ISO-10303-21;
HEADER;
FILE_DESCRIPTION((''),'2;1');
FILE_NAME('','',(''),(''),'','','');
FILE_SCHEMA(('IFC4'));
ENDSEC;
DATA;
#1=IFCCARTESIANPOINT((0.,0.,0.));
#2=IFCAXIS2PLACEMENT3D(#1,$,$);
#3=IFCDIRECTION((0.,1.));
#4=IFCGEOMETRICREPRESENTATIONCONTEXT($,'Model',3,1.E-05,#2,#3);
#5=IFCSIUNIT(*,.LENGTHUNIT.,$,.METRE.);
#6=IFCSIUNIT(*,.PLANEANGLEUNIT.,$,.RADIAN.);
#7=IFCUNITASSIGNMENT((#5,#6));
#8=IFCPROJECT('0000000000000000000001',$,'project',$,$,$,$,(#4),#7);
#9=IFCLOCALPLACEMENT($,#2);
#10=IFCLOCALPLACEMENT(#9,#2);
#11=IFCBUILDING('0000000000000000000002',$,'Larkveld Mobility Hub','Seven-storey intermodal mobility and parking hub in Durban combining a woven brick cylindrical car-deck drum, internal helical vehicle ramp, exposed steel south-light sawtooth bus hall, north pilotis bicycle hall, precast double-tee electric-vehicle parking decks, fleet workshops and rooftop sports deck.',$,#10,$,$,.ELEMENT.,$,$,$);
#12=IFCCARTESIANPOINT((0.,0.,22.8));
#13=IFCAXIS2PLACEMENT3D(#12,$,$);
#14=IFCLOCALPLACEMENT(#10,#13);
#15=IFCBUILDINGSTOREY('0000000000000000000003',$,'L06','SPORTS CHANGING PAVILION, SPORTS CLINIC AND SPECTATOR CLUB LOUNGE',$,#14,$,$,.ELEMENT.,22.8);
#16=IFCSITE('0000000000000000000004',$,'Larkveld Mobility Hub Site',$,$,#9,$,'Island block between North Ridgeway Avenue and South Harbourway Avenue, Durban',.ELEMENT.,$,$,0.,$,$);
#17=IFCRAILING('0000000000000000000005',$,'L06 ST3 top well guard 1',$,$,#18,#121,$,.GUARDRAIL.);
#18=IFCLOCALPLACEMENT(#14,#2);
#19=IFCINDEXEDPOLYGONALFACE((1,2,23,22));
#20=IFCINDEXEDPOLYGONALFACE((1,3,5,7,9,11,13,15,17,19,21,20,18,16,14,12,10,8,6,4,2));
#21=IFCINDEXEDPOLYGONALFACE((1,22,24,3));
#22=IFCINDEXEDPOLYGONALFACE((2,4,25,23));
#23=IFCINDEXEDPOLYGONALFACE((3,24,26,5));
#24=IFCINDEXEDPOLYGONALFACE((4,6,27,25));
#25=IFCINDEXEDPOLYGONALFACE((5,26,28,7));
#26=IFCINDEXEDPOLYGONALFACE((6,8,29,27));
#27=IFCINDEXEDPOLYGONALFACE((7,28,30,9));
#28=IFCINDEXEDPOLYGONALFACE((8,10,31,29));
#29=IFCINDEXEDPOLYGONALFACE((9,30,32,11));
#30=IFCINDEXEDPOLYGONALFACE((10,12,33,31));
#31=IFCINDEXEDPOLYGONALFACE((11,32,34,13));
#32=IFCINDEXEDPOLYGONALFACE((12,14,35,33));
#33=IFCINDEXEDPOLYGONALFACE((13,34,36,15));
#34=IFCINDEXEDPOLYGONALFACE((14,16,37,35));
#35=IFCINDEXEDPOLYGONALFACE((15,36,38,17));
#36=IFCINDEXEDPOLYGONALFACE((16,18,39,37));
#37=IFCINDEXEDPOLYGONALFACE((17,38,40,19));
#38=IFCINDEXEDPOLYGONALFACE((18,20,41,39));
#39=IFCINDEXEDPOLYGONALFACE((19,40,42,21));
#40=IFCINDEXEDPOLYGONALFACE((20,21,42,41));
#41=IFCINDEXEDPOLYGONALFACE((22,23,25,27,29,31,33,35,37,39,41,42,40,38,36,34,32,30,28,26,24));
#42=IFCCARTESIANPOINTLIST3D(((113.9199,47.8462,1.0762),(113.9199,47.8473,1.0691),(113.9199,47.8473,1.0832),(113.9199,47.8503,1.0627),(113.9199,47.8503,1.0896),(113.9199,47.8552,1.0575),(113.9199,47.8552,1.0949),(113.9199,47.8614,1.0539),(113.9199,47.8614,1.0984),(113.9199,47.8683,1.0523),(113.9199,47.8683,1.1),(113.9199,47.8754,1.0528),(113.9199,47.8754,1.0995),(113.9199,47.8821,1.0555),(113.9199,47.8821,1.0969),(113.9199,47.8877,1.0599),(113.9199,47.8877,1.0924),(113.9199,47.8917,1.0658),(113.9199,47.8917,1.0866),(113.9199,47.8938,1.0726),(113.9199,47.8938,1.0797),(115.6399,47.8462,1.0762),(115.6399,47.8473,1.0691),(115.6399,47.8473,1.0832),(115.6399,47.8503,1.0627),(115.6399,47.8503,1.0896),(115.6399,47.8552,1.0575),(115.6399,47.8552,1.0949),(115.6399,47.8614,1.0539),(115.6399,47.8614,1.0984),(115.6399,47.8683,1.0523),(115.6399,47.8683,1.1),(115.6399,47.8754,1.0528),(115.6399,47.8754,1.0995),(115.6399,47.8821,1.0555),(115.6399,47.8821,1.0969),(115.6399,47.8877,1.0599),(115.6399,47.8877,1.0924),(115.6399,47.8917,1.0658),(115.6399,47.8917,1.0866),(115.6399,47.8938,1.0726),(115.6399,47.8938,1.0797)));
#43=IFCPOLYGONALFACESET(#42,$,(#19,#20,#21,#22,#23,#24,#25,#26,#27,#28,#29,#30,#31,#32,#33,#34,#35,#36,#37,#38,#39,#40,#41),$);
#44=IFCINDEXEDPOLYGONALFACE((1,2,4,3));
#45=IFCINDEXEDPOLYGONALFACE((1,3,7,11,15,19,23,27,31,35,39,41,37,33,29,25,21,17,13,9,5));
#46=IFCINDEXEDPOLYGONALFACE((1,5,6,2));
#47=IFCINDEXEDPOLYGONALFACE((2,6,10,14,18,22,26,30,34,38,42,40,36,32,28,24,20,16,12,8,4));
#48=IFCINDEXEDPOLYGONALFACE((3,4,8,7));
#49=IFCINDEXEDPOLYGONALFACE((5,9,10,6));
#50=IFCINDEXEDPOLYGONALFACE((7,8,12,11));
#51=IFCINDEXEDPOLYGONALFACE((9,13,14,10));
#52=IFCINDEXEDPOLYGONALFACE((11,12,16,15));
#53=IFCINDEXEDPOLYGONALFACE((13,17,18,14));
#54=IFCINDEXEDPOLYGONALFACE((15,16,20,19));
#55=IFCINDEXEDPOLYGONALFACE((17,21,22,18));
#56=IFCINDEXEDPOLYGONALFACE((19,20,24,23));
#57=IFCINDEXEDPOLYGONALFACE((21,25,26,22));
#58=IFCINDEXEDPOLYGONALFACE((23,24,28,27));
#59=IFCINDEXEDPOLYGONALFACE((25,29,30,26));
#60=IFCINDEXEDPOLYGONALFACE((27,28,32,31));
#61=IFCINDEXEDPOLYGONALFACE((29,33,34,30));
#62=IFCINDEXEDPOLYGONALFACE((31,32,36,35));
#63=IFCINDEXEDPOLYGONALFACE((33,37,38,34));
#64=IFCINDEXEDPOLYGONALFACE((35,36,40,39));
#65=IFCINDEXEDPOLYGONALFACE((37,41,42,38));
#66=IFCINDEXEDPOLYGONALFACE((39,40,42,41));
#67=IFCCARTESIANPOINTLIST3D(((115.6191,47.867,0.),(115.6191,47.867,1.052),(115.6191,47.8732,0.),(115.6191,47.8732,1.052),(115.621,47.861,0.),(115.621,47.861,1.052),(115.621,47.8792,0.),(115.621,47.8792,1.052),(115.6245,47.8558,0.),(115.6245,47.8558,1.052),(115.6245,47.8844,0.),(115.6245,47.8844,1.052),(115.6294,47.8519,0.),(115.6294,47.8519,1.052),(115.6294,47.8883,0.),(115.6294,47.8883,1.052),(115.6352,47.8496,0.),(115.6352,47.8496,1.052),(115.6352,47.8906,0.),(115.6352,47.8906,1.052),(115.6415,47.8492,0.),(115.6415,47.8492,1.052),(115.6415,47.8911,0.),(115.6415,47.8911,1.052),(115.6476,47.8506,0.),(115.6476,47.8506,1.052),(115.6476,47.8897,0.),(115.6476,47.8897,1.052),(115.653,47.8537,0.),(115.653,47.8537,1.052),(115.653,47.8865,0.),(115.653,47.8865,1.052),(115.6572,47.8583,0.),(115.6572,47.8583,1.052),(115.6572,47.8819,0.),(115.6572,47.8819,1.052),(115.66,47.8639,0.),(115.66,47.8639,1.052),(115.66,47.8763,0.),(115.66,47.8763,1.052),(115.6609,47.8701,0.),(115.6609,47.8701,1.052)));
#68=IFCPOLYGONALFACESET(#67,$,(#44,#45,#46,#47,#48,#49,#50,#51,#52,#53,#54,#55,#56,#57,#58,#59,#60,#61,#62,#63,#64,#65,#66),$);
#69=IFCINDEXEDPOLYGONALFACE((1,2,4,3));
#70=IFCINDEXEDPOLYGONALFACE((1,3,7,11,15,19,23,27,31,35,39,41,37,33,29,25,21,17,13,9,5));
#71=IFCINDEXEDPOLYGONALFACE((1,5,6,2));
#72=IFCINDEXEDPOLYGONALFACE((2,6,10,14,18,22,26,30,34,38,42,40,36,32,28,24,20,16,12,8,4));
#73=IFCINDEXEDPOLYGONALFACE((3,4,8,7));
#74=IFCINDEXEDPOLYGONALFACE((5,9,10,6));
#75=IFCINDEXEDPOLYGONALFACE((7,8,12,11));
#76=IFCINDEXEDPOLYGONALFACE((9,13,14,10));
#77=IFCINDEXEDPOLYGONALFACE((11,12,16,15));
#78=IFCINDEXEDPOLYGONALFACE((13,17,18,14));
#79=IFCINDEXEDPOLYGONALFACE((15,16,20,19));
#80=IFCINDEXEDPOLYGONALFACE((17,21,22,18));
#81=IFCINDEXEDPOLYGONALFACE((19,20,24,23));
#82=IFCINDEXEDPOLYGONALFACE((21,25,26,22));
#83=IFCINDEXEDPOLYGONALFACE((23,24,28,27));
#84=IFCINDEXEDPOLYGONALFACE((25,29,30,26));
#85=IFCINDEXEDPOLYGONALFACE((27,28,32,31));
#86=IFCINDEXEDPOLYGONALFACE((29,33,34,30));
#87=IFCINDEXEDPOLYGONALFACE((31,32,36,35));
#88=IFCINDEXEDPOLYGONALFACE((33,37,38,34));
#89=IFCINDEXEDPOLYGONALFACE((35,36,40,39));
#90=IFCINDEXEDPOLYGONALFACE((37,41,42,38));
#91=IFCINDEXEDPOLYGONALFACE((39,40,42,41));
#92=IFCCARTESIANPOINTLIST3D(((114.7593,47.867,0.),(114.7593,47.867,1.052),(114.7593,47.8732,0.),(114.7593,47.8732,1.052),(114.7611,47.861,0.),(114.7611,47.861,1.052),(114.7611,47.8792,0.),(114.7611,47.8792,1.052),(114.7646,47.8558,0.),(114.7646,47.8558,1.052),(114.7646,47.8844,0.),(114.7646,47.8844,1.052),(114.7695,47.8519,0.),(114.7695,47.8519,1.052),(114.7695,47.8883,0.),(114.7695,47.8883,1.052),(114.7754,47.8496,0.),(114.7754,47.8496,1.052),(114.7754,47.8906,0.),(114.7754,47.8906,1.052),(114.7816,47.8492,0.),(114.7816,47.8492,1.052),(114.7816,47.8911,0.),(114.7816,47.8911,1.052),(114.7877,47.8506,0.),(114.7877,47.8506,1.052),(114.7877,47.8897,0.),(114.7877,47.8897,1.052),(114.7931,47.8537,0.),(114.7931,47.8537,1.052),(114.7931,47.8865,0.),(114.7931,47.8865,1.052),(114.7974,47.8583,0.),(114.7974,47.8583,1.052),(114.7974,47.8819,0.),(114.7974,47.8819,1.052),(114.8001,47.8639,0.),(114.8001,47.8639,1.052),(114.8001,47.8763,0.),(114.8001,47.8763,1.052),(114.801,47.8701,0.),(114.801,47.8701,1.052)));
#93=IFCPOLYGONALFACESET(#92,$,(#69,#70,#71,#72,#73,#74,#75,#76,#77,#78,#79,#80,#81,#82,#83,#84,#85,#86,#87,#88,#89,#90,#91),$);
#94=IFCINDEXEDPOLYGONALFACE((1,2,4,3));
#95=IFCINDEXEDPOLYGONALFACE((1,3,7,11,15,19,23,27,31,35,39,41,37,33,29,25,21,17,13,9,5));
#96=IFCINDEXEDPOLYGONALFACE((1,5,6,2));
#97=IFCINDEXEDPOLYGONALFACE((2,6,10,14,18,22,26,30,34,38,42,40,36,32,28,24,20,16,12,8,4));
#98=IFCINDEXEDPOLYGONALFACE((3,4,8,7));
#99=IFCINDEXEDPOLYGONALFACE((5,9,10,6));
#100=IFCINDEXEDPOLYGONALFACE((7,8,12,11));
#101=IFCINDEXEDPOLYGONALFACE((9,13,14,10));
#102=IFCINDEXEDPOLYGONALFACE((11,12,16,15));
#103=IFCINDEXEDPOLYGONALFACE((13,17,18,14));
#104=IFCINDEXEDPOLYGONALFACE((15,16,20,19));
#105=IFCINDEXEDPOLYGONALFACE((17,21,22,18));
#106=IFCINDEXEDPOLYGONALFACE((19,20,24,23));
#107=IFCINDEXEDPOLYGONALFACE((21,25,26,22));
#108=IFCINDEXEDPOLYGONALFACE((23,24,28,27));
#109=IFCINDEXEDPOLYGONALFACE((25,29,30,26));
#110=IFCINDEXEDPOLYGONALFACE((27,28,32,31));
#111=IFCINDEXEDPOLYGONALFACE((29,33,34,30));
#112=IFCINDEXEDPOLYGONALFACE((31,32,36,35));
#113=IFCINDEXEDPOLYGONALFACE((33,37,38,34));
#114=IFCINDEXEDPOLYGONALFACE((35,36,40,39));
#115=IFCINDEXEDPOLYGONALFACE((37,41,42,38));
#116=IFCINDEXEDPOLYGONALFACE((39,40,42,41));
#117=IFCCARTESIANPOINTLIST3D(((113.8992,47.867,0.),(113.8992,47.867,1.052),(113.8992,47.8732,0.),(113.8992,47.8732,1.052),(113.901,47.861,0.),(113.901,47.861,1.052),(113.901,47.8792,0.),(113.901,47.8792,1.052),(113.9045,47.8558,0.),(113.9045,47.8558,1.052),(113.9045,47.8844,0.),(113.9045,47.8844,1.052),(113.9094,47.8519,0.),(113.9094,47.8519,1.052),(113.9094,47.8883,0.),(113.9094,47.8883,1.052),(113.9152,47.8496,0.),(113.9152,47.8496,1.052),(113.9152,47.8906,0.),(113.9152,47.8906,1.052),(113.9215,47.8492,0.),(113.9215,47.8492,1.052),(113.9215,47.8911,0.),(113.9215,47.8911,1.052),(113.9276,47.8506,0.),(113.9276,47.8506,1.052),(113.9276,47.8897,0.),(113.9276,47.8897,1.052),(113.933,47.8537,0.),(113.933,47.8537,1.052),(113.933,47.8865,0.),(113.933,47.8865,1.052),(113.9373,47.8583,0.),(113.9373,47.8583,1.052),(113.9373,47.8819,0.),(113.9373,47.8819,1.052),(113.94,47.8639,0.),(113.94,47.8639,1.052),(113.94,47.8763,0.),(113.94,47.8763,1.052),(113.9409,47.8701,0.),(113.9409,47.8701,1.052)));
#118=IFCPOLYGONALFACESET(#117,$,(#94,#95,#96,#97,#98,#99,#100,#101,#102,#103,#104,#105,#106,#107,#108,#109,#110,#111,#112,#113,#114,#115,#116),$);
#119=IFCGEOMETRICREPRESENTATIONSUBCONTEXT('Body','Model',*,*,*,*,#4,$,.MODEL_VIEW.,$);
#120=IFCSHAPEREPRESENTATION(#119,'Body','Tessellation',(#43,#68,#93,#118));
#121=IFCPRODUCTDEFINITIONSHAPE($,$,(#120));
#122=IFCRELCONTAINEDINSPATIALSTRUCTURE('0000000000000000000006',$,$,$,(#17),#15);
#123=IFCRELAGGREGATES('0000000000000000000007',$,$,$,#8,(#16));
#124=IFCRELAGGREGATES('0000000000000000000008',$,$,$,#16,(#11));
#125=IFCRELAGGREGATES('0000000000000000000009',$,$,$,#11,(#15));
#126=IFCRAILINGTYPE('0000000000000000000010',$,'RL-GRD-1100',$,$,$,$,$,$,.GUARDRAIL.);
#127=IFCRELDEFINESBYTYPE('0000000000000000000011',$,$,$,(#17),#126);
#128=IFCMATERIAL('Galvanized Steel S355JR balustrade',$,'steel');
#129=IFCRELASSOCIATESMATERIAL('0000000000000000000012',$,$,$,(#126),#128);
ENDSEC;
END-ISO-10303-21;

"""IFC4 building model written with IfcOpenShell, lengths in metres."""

from ifc_helpers import new_model, si_unit, direction, frame, origin, origin_2d, place, context, subcontext, project, spatial, circle, extrude, material, type_object, element, save


model = new_model("IFC4")

# Units and contexts
model_context = context("Model", 3, precision=1e-05, world=origin(), true_north=direction((0.0, 1.0)))
body_context = subcontext(model_context, "Body", "Model", "MODEL_VIEW")
ifc_project = project(units=[si_unit("LENGTHUNIT", "METRE"), si_unit("PLANEANGLEUNIT", "RADIAN")], contexts=[model_context])

# Site, building, storey
site_placement = place(None, origin())
site = spatial("IfcSite", under=ifc_project, at=site_placement, Name="Larkveld Mobility Hub Site", LongName="Island block between North Ridgeway Avenue and South Harbourway Avenue, Durban", CompositionType="ELEMENT", RefElevation=0.0)
building_placement = place(site_placement, origin())
building = spatial("IfcBuilding", under=site, at=building_placement, Name="Larkveld Mobility Hub", Description="Seven-storey intermodal mobility and parking hub in Durban combining a woven brick cylindrical car-deck drum, internal helical vehicle ramp, exposed steel south-light sawtooth bus hall, north pilotis bicycle hall, precast double-tee electric-vehicle parking decks, fleet workshops and rooftop sports deck.", CompositionType="ELEMENT")
storey_placement = place(building_placement, frame((0.0, 0.0, 22.8)))
storey = spatial("IfcBuildingStorey", under=building, at=storey_placement, Name="L06", Description="SPORTS CHANGING PAVILION, SPORTS CLINIC AND SPECTATOR CLUB LOUNGE", CompositionType="ELEMENT", Elevation=22.8)

# Railing
ifc_material_1 = material(Name="Galvanized Steel S355JR balustrade", Category="steel")
railing_type_1 = type_object("IfcRailingType", Name="RL-GRD-1100", PredefinedType="GUARDRAIL", material=ifc_material_1)
railing_1_placement = place(storey_placement, frame((115.6399, 47.8701, 0.0)))
element("IfcRailing", 1, at=railing_1_placement, inside=storey, type_object=railing_type_1, Name="L06 ST3 top well guard 1", PredefinedType="GUARDRAIL", context=body_context, shape_type="SweptSolid", body=[
    extrude(circle(Radius=0.0239, at=origin_2d()), frame((0.0, 0.0, 1.0762), z_axis=(-1.0, 0.0, 0.0), x_axis=(0.0, -1.0, 0.0)), (0.0, 0.0, 1.0), 1.72),
    extrude(circle(Radius=0.021, at=origin_2d()), origin(), (0.0, 0.0, 1.0), 1.052),
    extrude(circle(Radius=0.021, at=origin_2d()), frame((-0.8599, 0.0, 0.0)), (0.0, 0.0, 1.0), 1.052),
    extrude(circle(Radius=0.021, at=origin_2d()), frame((-1.72, 0.0, 0.0)), (0.0, 0.0, 1.0), 1.052),
])

save(model, "model.ifc")
